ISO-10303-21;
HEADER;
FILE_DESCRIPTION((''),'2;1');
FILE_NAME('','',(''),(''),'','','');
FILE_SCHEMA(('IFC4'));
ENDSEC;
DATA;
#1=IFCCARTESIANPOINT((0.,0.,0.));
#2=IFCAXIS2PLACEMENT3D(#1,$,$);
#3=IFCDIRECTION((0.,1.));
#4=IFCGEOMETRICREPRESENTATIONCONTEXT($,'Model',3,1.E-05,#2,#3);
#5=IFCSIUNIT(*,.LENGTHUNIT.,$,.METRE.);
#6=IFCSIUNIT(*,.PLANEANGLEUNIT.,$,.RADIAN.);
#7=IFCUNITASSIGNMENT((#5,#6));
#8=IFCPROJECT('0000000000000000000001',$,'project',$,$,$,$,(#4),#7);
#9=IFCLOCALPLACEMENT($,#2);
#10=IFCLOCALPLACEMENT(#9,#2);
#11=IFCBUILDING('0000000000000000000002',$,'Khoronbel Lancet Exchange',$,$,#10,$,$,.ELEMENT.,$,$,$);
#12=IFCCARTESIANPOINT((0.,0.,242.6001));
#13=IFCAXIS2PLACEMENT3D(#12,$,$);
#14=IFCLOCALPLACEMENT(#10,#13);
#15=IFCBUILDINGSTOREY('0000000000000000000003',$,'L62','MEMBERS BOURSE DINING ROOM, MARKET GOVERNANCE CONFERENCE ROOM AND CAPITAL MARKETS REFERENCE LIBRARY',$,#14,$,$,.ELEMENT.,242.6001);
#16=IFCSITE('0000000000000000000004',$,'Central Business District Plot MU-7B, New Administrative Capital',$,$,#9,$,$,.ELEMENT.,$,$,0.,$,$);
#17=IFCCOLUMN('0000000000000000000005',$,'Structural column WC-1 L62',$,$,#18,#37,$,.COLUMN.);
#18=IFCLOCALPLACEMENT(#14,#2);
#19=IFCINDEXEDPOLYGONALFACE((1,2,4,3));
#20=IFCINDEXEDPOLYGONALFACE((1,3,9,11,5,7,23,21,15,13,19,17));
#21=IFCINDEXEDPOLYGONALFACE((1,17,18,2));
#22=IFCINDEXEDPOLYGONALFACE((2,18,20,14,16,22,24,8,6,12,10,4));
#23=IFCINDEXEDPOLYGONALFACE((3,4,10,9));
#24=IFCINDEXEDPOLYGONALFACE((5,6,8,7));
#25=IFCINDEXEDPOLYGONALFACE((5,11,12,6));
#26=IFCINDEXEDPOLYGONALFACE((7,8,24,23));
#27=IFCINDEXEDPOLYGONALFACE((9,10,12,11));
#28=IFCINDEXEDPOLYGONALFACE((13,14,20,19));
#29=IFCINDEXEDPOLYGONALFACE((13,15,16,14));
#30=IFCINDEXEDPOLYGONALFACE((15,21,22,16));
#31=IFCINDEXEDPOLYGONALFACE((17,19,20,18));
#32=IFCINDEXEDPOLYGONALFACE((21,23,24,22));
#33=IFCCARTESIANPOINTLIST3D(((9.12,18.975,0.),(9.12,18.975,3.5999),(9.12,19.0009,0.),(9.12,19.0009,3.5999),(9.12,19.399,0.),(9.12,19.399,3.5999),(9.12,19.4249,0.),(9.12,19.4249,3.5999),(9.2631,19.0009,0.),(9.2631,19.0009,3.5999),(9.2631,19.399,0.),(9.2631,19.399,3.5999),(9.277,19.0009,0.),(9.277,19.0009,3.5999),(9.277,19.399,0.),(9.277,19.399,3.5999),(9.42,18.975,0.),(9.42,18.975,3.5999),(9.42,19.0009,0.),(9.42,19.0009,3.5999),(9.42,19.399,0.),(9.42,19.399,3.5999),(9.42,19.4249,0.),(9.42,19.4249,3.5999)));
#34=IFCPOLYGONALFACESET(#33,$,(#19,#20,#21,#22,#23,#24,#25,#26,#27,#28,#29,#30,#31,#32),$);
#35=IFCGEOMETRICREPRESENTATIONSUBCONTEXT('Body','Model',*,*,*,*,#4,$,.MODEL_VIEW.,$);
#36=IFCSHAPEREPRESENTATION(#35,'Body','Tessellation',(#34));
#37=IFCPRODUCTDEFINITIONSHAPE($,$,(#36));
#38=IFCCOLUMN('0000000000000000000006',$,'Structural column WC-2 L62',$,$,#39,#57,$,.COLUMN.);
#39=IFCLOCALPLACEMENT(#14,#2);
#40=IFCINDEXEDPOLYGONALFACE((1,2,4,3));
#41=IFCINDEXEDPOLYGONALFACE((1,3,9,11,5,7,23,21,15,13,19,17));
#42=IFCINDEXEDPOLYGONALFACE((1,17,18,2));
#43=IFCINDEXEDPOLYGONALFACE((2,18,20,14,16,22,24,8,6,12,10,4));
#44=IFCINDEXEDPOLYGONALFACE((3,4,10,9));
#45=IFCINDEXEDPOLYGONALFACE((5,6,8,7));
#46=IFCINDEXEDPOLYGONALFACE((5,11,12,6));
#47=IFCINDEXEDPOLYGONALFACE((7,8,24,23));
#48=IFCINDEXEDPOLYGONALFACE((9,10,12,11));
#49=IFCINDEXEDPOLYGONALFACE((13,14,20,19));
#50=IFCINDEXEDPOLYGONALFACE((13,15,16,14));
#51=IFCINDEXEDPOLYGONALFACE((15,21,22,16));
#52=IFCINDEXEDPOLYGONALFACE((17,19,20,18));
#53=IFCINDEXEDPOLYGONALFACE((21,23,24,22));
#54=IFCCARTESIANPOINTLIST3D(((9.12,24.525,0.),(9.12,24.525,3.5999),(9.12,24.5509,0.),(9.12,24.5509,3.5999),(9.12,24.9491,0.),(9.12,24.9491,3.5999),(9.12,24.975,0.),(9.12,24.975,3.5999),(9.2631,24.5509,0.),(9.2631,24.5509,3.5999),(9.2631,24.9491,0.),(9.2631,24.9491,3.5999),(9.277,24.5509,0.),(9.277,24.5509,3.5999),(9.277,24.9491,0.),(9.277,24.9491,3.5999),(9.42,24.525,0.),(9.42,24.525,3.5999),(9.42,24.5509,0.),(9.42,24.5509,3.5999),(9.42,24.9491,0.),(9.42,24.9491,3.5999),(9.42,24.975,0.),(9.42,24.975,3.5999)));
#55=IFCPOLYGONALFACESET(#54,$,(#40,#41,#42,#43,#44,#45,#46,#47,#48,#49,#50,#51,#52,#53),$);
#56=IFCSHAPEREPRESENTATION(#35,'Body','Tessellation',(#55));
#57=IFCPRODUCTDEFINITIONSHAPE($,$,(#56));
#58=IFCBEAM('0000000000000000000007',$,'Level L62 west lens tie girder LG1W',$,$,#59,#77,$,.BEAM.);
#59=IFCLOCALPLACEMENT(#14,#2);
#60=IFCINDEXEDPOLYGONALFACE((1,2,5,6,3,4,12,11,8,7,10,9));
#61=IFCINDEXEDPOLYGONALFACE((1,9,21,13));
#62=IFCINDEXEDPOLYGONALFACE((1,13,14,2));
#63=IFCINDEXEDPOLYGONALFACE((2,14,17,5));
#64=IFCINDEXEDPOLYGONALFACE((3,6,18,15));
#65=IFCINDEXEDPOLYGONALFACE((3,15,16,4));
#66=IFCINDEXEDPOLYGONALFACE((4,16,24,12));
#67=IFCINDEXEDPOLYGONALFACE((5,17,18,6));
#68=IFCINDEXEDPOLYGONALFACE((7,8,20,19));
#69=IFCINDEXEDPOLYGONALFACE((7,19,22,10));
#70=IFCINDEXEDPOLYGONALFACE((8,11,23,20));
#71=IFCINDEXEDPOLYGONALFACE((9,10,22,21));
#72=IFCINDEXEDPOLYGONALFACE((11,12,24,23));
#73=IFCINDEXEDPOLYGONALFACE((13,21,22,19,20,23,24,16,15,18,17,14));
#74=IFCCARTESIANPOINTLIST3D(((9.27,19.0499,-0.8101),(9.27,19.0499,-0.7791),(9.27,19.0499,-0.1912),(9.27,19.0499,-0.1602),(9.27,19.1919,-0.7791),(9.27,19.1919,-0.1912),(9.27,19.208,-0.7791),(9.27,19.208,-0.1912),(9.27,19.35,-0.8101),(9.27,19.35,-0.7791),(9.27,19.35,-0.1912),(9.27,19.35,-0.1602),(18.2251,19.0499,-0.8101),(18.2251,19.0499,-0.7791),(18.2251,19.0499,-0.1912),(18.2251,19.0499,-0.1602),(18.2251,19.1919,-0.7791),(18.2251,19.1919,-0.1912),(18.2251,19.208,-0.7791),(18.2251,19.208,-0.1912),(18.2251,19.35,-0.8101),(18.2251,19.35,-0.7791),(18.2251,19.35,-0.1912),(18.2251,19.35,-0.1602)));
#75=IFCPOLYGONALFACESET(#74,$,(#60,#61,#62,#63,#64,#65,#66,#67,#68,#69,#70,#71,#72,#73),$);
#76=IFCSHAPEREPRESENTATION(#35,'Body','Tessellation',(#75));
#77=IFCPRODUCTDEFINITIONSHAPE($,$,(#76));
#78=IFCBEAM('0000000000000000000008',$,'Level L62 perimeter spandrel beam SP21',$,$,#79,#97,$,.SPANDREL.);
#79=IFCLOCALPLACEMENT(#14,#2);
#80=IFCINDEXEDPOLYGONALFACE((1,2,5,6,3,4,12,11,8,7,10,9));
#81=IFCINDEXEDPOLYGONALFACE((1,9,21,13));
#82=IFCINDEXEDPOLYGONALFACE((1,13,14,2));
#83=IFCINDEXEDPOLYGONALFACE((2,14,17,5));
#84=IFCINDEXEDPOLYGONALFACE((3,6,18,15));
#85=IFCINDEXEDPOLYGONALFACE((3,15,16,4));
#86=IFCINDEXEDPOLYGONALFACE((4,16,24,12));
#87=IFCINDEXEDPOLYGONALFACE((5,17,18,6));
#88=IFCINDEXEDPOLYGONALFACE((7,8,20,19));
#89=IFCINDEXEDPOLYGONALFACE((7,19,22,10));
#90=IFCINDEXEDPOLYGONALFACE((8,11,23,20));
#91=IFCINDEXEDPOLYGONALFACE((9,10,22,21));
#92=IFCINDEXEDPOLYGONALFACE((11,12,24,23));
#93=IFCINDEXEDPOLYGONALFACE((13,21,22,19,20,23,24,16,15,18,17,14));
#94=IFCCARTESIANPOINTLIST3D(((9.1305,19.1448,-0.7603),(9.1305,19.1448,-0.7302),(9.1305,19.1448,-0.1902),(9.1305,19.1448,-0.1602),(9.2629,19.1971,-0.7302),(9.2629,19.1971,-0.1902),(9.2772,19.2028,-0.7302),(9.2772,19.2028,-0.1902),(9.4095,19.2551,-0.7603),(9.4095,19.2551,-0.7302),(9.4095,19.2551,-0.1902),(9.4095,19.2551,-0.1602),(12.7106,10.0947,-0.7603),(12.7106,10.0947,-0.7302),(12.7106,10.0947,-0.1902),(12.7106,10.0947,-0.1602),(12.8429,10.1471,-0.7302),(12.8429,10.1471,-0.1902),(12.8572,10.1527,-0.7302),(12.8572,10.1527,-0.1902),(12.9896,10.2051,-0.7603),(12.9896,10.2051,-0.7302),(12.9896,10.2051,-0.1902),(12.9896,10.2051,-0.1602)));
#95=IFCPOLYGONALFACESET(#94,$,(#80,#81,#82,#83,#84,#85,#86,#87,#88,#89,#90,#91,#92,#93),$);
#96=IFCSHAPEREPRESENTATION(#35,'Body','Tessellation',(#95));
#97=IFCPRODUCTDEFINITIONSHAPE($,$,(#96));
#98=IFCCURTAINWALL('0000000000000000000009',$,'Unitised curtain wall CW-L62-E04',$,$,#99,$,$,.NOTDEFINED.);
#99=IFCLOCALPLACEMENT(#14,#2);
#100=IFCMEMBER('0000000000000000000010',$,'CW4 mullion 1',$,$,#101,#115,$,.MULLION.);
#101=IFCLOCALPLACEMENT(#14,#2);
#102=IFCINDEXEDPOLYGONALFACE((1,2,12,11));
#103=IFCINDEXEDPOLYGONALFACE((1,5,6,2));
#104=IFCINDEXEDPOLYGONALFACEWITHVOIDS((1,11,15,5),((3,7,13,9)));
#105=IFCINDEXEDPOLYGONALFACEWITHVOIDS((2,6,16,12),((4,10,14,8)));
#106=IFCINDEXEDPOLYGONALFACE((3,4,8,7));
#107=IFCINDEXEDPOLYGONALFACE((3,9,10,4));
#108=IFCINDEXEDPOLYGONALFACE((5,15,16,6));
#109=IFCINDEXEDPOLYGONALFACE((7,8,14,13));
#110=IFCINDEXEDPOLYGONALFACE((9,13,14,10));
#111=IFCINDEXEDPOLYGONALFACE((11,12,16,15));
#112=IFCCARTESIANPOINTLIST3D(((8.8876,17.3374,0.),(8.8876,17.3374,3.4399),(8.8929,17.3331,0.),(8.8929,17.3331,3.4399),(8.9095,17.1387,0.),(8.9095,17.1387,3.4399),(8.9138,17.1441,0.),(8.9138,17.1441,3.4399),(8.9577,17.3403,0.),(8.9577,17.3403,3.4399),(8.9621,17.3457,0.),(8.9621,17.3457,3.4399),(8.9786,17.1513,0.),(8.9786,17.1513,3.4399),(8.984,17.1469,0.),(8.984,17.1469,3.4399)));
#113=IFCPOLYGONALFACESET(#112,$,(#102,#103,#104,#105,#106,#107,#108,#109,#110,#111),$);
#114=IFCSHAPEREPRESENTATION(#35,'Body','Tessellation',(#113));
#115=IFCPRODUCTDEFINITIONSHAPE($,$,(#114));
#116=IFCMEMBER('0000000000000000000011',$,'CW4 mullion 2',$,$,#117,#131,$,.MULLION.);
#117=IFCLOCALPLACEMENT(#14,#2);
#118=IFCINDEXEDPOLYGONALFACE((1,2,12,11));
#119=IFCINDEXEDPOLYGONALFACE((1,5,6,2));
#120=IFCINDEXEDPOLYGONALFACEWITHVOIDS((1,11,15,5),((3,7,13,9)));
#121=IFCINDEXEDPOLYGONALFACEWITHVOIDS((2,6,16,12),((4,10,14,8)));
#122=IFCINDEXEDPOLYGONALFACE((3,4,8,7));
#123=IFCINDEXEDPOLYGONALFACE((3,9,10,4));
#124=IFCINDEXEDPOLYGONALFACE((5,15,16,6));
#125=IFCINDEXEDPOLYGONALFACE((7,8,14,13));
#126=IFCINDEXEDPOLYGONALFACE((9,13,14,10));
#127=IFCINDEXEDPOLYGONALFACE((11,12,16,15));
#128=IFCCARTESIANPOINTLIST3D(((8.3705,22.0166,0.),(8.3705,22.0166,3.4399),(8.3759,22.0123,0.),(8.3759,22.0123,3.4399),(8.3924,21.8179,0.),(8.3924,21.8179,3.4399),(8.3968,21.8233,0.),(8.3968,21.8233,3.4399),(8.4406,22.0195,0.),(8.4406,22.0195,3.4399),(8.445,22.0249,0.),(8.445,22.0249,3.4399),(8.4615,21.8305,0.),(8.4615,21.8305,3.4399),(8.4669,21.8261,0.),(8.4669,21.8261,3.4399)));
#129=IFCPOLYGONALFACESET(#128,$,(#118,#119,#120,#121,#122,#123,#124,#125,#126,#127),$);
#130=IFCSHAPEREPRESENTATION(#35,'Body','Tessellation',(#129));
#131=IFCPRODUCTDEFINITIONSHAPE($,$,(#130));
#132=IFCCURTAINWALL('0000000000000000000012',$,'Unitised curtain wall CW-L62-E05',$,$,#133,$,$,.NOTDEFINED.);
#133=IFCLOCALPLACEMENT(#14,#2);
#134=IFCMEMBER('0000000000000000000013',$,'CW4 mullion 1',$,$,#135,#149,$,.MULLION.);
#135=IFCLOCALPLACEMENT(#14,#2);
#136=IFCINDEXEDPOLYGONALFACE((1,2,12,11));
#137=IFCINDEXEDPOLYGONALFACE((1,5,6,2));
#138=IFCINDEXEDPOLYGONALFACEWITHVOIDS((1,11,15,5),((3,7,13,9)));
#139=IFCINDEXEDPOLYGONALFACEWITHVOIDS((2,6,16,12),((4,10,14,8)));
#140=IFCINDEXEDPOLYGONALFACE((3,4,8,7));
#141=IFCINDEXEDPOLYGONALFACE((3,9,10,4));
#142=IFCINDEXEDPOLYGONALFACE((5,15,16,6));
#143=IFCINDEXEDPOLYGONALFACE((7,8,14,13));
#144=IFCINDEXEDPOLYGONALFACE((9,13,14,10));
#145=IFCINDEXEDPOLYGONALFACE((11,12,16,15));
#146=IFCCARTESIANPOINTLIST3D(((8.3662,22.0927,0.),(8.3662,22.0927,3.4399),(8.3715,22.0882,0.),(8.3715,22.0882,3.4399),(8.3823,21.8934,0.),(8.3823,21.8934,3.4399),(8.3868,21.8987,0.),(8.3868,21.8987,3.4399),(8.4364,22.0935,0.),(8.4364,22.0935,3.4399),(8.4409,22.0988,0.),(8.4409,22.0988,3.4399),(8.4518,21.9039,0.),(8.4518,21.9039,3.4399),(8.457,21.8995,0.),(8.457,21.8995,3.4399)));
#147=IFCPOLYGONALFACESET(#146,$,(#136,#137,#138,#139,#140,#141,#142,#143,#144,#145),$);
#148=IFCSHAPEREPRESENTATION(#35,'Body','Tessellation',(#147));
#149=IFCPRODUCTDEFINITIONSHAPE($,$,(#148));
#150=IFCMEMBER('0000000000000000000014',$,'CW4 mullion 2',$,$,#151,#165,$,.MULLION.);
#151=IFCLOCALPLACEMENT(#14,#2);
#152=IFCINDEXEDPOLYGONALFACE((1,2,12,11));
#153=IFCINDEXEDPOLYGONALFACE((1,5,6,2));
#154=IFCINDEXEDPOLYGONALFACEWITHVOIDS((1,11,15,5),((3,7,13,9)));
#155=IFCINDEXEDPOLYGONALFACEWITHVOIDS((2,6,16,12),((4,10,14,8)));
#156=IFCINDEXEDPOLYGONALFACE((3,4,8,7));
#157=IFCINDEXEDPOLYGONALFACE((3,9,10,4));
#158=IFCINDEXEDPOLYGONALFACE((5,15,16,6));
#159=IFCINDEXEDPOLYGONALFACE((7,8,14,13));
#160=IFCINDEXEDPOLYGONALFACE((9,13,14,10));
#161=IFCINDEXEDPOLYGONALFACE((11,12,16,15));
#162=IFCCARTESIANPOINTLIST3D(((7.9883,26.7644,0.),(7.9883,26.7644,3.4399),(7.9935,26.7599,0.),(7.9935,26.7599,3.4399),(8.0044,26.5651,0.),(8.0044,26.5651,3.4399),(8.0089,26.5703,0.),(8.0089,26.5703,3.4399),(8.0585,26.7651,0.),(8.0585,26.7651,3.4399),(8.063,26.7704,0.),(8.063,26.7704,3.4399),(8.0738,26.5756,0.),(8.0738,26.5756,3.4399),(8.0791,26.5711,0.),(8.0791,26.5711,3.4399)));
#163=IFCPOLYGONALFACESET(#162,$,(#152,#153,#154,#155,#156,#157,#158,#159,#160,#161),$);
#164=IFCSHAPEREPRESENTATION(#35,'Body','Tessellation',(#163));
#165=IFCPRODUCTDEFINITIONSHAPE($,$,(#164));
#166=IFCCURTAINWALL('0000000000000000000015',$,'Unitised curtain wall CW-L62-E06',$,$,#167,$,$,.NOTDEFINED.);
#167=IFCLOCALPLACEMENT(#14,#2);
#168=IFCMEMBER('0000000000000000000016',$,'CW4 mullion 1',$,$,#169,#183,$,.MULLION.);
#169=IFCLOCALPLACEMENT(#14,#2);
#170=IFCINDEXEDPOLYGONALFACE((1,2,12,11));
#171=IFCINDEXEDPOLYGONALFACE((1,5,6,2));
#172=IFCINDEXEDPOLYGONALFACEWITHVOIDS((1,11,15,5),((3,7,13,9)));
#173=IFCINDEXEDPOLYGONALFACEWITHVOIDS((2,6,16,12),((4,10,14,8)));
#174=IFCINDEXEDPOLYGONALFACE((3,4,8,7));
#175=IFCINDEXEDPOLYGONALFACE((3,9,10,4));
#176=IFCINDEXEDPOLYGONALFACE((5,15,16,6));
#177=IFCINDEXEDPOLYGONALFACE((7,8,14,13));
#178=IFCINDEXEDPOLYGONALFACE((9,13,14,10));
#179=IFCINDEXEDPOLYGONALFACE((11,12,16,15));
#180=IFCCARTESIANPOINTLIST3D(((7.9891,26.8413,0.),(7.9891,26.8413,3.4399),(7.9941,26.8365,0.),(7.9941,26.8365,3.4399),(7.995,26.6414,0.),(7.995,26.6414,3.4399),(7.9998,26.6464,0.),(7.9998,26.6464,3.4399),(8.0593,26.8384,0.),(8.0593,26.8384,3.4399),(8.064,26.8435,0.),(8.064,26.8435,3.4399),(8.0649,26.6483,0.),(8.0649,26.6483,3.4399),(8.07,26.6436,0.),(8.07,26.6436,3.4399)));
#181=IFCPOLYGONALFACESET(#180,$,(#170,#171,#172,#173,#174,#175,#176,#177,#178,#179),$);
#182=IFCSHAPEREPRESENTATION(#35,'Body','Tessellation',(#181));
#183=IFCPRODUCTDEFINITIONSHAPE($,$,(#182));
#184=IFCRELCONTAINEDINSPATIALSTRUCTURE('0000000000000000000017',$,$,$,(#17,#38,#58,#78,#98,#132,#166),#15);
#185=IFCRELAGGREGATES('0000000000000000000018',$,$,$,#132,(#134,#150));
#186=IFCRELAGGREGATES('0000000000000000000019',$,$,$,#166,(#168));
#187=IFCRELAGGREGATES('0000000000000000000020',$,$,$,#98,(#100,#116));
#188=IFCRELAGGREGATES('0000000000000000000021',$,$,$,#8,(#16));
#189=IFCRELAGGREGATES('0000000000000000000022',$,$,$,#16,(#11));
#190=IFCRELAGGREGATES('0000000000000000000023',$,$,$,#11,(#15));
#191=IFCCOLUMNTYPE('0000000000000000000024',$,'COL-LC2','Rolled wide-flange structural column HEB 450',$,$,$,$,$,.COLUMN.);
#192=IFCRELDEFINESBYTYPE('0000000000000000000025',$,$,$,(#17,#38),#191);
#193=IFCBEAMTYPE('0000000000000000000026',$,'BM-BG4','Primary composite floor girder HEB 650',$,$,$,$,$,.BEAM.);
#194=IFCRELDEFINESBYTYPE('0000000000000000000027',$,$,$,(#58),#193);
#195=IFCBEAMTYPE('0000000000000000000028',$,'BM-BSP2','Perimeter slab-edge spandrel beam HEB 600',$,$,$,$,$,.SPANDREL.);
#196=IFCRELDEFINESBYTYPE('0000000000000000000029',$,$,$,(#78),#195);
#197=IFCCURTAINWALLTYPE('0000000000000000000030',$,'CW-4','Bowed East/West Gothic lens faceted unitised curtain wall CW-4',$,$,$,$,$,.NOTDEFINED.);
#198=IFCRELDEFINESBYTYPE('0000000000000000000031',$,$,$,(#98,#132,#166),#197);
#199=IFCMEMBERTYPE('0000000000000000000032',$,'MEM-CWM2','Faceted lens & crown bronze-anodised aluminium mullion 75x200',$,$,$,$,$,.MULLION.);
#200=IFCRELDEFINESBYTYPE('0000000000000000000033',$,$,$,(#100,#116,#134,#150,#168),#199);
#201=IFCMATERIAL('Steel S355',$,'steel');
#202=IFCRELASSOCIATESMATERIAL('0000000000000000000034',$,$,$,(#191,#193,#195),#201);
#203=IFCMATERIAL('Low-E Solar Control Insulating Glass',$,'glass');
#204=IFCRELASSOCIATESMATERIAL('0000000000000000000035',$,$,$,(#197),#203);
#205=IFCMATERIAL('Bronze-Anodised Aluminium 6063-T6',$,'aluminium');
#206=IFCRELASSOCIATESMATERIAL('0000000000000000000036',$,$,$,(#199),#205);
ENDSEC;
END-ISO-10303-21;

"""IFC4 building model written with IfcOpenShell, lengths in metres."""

from ifc_helpers import new_model, si_unit, direction, frame, origin, origin_2d, place, context, subcontext, project, spatial, hollow_rectangle, i_section, extrude, material, material_profile, profile_set, type_object, element, aggregate, save


model = new_model("IFC4")

# Units and contexts
model_context = context("Model", 3, precision=1e-05, world=origin(), true_north=direction((0.0, 1.0)))
body_context = subcontext(model_context, "Body", "Model", "MODEL_VIEW")
ifc_project = project(units=[si_unit("LENGTHUNIT", "METRE"), si_unit("PLANEANGLEUNIT", "RADIAN")], contexts=[model_context])

# Site, building, storey
site_placement = place(None, origin())
site = spatial("IfcSite", under=ifc_project, at=site_placement, Name="Central Business District Plot MU-7B, New Administrative Capital", CompositionType="ELEMENT", RefElevation=0.0)
building_placement = place(site_placement, origin())
building = spatial("IfcBuilding", under=site, at=building_placement, Name="Khoronbel Lancet Exchange", CompositionType="ELEMENT")
storey_placement = place(building_placement, frame((0.0, 0.0, 242.6001)))
storey = spatial("IfcBuildingStorey", under=building, at=storey_placement, Name="L62", Description="MEMBERS BOURSE DINING ROOM, MARKET GOVERNANCE CONFERENCE ROOM AND CAPITAL MARKETS REFERENCE LIBRARY", CompositionType="ELEMENT", Elevation=242.6001)

# Columns
ifc_material_1 = material(Name="Steel S355", Category="steel")
ifc_material_profile_1 = material_profile(ifc_material_1, i_section(OverallWidth=0.3, OverallDepth=0.45, WebThickness=0.0139, FlangeThickness=0.0259, at=origin_2d()), Name="HEB 450")
ifc_profile_set_1 = profile_set([ifc_material_profile_1], Name="Steel S355")
column_type = type_object("IfcColumnType", Name="COL-LC2", Description="Rolled wide-flange structural column HEB 450", PredefinedType="COLUMN", material=ifc_profile_set_1)
for number, where, z_axis, x_axis, name in (
    (1, (9.27, 19.2, 0.0), (0.0, 0.0, 1.0), (1.0, 0.0, 0.0), "Structural column WC-1 L62"),
    (2, (9.27, 24.75, 0.0), (0.0, 0.0, 1.0), (1.0, 0.0, 0.0), "Structural column WC-2 L62"),
):
    element("IfcColumn", number, at=place(storey_placement, frame(where, z_axis=z_axis, x_axis=x_axis)), inside=storey, type_object=column_type, Name=name, PredefinedType="COLUMN", context=body_context, shape_type="SweptSolid", body=[
        extrude(i_section(OverallWidth=0.3, OverallDepth=0.45, WebThickness=0.0139, FlangeThickness=0.0259, at=origin_2d()), origin(), (0.0, 0.0, 1.0), 3.5999),
    ])

# Beams
ifc_material_profile_2 = material_profile(ifc_material_1, i_section(OverallWidth=0.3, OverallDepth=0.6499, WebThickness=0.0161, FlangeThickness=0.031, at=origin_2d()), Name="HEB 650")
ifc_profile_set_2 = profile_set([ifc_material_profile_2], Name="Steel S355")
beam_type_1 = type_object("IfcBeamType", Name="BM-BG4", Description="Primary composite floor girder HEB 650", PredefinedType="BEAM", material=ifc_profile_set_2)
beam_1_placement = place(storey_placement, frame((9.27, 19.2, -0.4851), z_axis=(1.0, 0.0, 0.0), x_axis=(0.0, 1.0, 0.0)))
element("IfcBeam", 3, at=beam_1_placement, inside=storey, type_object=beam_type_1, Name="Level L62 west lens tie girder LG1W", PredefinedType="BEAM", context=body_context, shape_type="SweptSolid", body=[
    extrude(i_section(OverallWidth=0.3, OverallDepth=0.6499, WebThickness=0.0161, FlangeThickness=0.031, at=origin_2d()), origin(), (0.0, 0.0, 1.0), 8.9551),
])
ifc_material_profile_3 = material_profile(ifc_material_1, i_section(OverallWidth=0.3, OverallDepth=0.6001, WebThickness=0.0154, FlangeThickness=0.03, at=origin_2d()), Name="HEB 600")
ifc_profile_set_3 = profile_set([ifc_material_profile_3], Name="Steel S355")
beam_type_2 = type_object("IfcBeamType", Name="BM-BSP2", Description="Perimeter slab-edge spandrel beam HEB 600", PredefinedType="SPANDREL", material=ifc_profile_set_3)
beam_2_placement = place(storey_placement, frame((9.27, 19.2, -0.4602), z_axis=(0.36785, -0.929885, 0.0), x_axis=(0.929885, 0.36785, 0.0)))
element("IfcBeam", 4, at=beam_2_placement, inside=storey, type_object=beam_type_2, Name="Level L62 perimeter spandrel beam SP21", PredefinedType="SPANDREL", context=body_context, shape_type="SweptSolid", body=[
    extrude(i_section(OverallWidth=0.3, OverallDepth=0.6001, WebThickness=0.0154, FlangeThickness=0.03, at=origin_2d()), origin(), (0.0, 0.0, 1.0), 9.7324),
])

# Curtain walls, members
ifc_material_2 = material(Name="Low-E Solar Control Insulating Glass", Category="glass")
curtain_wall_type = type_object("IfcCurtainWallType", Name="CW-4", Description="Bowed East/West Gothic lens faceted unitised curtain wall CW-4", PredefinedType="NOTDEFINED", material=ifc_material_2)
curtain_wall_1_placement = place(storey_placement, origin())
curtain_wall_1 = element("IfcCurtainWall", 5, at=curtain_wall_1_placement, inside=storey, type_object=curtain_wall_type, Name="Unitised curtain wall CW-L62-E04", PredefinedType="NOTDEFINED")
ifc_material_3 = material(Name="Bronze-Anodised Aluminium 6063-T6", Category="aluminium")
ifc_material_profile_4 = material_profile(ifc_material_3, hollow_rectangle(XDim=0.075, YDim=0.2, WallThickness=0.0049, at=origin_2d()), Name="ALU MULLION 75x200")
ifc_profile_set_4 = profile_set([ifc_material_profile_4], Name="Bronze-Anodised Aluminium 6063-T6")
member_type_1 = type_object("IfcMemberType", Name="MEM-CWM2", Description="Faceted lens & crown bronze-anodised aluminium mullion 75x200", PredefinedType="MULLION", material=ifc_profile_set_4)
member_1_placement = place(storey_placement, frame((8.9358, 17.2422, 0.0), z_axis=(0.0, 0.0, 1.0), x_axis=(-0.993947, -0.109858, 0.0)))
member_1 = element("IfcMember", 6, at=member_1_placement, type_object=member_type_1, Name="CW4 mullion 1", PredefinedType="MULLION", context=body_context, shape_type="SweptSolid", body=[
    extrude(hollow_rectangle(XDim=0.075, YDim=0.2, WallThickness=0.0049, at=origin_2d()), origin(), (0.0, 0.0, 1.0), 3.4399),
])
member_2_placement = place(storey_placement, frame((8.4187, 21.9214, 0.0), z_axis=(0.0, 0.0, 1.0), x_axis=(-0.993947, -0.109858, 0.0)))
member_2 = element("IfcMember", 7, at=member_2_placement, type_object=member_type_1, Name="CW4 mullion 2", PredefinedType="MULLION", context=body_context, shape_type="SweptSolid", body=[
    extrude(hollow_rectangle(XDim=0.075, YDim=0.2, WallThickness=0.0049, at=origin_2d()), origin(), (0.0, 0.0, 1.0), 3.4399),
])
curtain_wall_2_placement = place(storey_placement, origin())
curtain_wall_2 = element("IfcCurtainWall", 8, at=curtain_wall_2_placement, inside=storey, type_object=curtain_wall_type, Name="Unitised curtain wall CW-L62-E05", PredefinedType="NOTDEFINED")
member_3_placement = place(storey_placement, frame((8.4116, 21.9961, 0.0), z_axis=(0.0, 0.0, 1.0), x_axis=(-0.996743, -0.08064, 0.0)))
member_3 = element("IfcMember", 9, at=member_3_placement, type_object=member_type_1, Name="CW4 mullion 1", PredefinedType="MULLION", context=body_context, shape_type="SweptSolid", body=[
    extrude(hollow_rectangle(XDim=0.075, YDim=0.2, WallThickness=0.0049, at=origin_2d()), origin(), (0.0, 0.0, 1.0), 3.4399),
])
member_4_placement = place(storey_placement, frame((8.0337, 26.6677, 0.0), z_axis=(0.0, 0.0, 1.0), x_axis=(-0.996743, -0.08064, 0.0)))
member_4 = element("IfcMember", 10, at=member_4_placement, type_object=member_type_1, Name="CW4 mullion 2", PredefinedType="MULLION", context=body_context, shape_type="SweptSolid", body=[
    extrude(hollow_rectangle(XDim=0.075, YDim=0.2, WallThickness=0.0049, at=origin_2d()), origin(), (0.0, 0.0, 1.0), 3.4399),
])
curtain_wall_3_placement = place(storey_placement, origin())
curtain_wall_3 = element("IfcCurtainWall", 11, at=curtain_wall_3_placement, inside=storey, type_object=curtain_wall_type, Name="Unitised curtain wall CW-L62-E06", PredefinedType="NOTDEFINED")
member_5_placement = place(storey_placement, frame((8.0295, 26.7424, 0.0), z_axis=(0.0, 0.0, 1.0), x_axis=(-0.999561, -0.029618, 0.0)))
member_5 = element("IfcMember", 12, at=member_5_placement, type_object=member_type_1, Name="CW4 mullion 1", PredefinedType="MULLION", context=body_context, shape_type="SweptSolid", body=[
    extrude(hollow_rectangle(XDim=0.075, YDim=0.2, WallThickness=0.0049, at=origin_2d()), origin(), (0.0, 0.0, 1.0), 3.4399),
])

aggregate(curtain_wall_2, [member_3, member_4])
aggregate(curtain_wall_3, [member_5])
aggregate(curtain_wall_1, [member_1, member_2])

save(model, "model.ifc")
